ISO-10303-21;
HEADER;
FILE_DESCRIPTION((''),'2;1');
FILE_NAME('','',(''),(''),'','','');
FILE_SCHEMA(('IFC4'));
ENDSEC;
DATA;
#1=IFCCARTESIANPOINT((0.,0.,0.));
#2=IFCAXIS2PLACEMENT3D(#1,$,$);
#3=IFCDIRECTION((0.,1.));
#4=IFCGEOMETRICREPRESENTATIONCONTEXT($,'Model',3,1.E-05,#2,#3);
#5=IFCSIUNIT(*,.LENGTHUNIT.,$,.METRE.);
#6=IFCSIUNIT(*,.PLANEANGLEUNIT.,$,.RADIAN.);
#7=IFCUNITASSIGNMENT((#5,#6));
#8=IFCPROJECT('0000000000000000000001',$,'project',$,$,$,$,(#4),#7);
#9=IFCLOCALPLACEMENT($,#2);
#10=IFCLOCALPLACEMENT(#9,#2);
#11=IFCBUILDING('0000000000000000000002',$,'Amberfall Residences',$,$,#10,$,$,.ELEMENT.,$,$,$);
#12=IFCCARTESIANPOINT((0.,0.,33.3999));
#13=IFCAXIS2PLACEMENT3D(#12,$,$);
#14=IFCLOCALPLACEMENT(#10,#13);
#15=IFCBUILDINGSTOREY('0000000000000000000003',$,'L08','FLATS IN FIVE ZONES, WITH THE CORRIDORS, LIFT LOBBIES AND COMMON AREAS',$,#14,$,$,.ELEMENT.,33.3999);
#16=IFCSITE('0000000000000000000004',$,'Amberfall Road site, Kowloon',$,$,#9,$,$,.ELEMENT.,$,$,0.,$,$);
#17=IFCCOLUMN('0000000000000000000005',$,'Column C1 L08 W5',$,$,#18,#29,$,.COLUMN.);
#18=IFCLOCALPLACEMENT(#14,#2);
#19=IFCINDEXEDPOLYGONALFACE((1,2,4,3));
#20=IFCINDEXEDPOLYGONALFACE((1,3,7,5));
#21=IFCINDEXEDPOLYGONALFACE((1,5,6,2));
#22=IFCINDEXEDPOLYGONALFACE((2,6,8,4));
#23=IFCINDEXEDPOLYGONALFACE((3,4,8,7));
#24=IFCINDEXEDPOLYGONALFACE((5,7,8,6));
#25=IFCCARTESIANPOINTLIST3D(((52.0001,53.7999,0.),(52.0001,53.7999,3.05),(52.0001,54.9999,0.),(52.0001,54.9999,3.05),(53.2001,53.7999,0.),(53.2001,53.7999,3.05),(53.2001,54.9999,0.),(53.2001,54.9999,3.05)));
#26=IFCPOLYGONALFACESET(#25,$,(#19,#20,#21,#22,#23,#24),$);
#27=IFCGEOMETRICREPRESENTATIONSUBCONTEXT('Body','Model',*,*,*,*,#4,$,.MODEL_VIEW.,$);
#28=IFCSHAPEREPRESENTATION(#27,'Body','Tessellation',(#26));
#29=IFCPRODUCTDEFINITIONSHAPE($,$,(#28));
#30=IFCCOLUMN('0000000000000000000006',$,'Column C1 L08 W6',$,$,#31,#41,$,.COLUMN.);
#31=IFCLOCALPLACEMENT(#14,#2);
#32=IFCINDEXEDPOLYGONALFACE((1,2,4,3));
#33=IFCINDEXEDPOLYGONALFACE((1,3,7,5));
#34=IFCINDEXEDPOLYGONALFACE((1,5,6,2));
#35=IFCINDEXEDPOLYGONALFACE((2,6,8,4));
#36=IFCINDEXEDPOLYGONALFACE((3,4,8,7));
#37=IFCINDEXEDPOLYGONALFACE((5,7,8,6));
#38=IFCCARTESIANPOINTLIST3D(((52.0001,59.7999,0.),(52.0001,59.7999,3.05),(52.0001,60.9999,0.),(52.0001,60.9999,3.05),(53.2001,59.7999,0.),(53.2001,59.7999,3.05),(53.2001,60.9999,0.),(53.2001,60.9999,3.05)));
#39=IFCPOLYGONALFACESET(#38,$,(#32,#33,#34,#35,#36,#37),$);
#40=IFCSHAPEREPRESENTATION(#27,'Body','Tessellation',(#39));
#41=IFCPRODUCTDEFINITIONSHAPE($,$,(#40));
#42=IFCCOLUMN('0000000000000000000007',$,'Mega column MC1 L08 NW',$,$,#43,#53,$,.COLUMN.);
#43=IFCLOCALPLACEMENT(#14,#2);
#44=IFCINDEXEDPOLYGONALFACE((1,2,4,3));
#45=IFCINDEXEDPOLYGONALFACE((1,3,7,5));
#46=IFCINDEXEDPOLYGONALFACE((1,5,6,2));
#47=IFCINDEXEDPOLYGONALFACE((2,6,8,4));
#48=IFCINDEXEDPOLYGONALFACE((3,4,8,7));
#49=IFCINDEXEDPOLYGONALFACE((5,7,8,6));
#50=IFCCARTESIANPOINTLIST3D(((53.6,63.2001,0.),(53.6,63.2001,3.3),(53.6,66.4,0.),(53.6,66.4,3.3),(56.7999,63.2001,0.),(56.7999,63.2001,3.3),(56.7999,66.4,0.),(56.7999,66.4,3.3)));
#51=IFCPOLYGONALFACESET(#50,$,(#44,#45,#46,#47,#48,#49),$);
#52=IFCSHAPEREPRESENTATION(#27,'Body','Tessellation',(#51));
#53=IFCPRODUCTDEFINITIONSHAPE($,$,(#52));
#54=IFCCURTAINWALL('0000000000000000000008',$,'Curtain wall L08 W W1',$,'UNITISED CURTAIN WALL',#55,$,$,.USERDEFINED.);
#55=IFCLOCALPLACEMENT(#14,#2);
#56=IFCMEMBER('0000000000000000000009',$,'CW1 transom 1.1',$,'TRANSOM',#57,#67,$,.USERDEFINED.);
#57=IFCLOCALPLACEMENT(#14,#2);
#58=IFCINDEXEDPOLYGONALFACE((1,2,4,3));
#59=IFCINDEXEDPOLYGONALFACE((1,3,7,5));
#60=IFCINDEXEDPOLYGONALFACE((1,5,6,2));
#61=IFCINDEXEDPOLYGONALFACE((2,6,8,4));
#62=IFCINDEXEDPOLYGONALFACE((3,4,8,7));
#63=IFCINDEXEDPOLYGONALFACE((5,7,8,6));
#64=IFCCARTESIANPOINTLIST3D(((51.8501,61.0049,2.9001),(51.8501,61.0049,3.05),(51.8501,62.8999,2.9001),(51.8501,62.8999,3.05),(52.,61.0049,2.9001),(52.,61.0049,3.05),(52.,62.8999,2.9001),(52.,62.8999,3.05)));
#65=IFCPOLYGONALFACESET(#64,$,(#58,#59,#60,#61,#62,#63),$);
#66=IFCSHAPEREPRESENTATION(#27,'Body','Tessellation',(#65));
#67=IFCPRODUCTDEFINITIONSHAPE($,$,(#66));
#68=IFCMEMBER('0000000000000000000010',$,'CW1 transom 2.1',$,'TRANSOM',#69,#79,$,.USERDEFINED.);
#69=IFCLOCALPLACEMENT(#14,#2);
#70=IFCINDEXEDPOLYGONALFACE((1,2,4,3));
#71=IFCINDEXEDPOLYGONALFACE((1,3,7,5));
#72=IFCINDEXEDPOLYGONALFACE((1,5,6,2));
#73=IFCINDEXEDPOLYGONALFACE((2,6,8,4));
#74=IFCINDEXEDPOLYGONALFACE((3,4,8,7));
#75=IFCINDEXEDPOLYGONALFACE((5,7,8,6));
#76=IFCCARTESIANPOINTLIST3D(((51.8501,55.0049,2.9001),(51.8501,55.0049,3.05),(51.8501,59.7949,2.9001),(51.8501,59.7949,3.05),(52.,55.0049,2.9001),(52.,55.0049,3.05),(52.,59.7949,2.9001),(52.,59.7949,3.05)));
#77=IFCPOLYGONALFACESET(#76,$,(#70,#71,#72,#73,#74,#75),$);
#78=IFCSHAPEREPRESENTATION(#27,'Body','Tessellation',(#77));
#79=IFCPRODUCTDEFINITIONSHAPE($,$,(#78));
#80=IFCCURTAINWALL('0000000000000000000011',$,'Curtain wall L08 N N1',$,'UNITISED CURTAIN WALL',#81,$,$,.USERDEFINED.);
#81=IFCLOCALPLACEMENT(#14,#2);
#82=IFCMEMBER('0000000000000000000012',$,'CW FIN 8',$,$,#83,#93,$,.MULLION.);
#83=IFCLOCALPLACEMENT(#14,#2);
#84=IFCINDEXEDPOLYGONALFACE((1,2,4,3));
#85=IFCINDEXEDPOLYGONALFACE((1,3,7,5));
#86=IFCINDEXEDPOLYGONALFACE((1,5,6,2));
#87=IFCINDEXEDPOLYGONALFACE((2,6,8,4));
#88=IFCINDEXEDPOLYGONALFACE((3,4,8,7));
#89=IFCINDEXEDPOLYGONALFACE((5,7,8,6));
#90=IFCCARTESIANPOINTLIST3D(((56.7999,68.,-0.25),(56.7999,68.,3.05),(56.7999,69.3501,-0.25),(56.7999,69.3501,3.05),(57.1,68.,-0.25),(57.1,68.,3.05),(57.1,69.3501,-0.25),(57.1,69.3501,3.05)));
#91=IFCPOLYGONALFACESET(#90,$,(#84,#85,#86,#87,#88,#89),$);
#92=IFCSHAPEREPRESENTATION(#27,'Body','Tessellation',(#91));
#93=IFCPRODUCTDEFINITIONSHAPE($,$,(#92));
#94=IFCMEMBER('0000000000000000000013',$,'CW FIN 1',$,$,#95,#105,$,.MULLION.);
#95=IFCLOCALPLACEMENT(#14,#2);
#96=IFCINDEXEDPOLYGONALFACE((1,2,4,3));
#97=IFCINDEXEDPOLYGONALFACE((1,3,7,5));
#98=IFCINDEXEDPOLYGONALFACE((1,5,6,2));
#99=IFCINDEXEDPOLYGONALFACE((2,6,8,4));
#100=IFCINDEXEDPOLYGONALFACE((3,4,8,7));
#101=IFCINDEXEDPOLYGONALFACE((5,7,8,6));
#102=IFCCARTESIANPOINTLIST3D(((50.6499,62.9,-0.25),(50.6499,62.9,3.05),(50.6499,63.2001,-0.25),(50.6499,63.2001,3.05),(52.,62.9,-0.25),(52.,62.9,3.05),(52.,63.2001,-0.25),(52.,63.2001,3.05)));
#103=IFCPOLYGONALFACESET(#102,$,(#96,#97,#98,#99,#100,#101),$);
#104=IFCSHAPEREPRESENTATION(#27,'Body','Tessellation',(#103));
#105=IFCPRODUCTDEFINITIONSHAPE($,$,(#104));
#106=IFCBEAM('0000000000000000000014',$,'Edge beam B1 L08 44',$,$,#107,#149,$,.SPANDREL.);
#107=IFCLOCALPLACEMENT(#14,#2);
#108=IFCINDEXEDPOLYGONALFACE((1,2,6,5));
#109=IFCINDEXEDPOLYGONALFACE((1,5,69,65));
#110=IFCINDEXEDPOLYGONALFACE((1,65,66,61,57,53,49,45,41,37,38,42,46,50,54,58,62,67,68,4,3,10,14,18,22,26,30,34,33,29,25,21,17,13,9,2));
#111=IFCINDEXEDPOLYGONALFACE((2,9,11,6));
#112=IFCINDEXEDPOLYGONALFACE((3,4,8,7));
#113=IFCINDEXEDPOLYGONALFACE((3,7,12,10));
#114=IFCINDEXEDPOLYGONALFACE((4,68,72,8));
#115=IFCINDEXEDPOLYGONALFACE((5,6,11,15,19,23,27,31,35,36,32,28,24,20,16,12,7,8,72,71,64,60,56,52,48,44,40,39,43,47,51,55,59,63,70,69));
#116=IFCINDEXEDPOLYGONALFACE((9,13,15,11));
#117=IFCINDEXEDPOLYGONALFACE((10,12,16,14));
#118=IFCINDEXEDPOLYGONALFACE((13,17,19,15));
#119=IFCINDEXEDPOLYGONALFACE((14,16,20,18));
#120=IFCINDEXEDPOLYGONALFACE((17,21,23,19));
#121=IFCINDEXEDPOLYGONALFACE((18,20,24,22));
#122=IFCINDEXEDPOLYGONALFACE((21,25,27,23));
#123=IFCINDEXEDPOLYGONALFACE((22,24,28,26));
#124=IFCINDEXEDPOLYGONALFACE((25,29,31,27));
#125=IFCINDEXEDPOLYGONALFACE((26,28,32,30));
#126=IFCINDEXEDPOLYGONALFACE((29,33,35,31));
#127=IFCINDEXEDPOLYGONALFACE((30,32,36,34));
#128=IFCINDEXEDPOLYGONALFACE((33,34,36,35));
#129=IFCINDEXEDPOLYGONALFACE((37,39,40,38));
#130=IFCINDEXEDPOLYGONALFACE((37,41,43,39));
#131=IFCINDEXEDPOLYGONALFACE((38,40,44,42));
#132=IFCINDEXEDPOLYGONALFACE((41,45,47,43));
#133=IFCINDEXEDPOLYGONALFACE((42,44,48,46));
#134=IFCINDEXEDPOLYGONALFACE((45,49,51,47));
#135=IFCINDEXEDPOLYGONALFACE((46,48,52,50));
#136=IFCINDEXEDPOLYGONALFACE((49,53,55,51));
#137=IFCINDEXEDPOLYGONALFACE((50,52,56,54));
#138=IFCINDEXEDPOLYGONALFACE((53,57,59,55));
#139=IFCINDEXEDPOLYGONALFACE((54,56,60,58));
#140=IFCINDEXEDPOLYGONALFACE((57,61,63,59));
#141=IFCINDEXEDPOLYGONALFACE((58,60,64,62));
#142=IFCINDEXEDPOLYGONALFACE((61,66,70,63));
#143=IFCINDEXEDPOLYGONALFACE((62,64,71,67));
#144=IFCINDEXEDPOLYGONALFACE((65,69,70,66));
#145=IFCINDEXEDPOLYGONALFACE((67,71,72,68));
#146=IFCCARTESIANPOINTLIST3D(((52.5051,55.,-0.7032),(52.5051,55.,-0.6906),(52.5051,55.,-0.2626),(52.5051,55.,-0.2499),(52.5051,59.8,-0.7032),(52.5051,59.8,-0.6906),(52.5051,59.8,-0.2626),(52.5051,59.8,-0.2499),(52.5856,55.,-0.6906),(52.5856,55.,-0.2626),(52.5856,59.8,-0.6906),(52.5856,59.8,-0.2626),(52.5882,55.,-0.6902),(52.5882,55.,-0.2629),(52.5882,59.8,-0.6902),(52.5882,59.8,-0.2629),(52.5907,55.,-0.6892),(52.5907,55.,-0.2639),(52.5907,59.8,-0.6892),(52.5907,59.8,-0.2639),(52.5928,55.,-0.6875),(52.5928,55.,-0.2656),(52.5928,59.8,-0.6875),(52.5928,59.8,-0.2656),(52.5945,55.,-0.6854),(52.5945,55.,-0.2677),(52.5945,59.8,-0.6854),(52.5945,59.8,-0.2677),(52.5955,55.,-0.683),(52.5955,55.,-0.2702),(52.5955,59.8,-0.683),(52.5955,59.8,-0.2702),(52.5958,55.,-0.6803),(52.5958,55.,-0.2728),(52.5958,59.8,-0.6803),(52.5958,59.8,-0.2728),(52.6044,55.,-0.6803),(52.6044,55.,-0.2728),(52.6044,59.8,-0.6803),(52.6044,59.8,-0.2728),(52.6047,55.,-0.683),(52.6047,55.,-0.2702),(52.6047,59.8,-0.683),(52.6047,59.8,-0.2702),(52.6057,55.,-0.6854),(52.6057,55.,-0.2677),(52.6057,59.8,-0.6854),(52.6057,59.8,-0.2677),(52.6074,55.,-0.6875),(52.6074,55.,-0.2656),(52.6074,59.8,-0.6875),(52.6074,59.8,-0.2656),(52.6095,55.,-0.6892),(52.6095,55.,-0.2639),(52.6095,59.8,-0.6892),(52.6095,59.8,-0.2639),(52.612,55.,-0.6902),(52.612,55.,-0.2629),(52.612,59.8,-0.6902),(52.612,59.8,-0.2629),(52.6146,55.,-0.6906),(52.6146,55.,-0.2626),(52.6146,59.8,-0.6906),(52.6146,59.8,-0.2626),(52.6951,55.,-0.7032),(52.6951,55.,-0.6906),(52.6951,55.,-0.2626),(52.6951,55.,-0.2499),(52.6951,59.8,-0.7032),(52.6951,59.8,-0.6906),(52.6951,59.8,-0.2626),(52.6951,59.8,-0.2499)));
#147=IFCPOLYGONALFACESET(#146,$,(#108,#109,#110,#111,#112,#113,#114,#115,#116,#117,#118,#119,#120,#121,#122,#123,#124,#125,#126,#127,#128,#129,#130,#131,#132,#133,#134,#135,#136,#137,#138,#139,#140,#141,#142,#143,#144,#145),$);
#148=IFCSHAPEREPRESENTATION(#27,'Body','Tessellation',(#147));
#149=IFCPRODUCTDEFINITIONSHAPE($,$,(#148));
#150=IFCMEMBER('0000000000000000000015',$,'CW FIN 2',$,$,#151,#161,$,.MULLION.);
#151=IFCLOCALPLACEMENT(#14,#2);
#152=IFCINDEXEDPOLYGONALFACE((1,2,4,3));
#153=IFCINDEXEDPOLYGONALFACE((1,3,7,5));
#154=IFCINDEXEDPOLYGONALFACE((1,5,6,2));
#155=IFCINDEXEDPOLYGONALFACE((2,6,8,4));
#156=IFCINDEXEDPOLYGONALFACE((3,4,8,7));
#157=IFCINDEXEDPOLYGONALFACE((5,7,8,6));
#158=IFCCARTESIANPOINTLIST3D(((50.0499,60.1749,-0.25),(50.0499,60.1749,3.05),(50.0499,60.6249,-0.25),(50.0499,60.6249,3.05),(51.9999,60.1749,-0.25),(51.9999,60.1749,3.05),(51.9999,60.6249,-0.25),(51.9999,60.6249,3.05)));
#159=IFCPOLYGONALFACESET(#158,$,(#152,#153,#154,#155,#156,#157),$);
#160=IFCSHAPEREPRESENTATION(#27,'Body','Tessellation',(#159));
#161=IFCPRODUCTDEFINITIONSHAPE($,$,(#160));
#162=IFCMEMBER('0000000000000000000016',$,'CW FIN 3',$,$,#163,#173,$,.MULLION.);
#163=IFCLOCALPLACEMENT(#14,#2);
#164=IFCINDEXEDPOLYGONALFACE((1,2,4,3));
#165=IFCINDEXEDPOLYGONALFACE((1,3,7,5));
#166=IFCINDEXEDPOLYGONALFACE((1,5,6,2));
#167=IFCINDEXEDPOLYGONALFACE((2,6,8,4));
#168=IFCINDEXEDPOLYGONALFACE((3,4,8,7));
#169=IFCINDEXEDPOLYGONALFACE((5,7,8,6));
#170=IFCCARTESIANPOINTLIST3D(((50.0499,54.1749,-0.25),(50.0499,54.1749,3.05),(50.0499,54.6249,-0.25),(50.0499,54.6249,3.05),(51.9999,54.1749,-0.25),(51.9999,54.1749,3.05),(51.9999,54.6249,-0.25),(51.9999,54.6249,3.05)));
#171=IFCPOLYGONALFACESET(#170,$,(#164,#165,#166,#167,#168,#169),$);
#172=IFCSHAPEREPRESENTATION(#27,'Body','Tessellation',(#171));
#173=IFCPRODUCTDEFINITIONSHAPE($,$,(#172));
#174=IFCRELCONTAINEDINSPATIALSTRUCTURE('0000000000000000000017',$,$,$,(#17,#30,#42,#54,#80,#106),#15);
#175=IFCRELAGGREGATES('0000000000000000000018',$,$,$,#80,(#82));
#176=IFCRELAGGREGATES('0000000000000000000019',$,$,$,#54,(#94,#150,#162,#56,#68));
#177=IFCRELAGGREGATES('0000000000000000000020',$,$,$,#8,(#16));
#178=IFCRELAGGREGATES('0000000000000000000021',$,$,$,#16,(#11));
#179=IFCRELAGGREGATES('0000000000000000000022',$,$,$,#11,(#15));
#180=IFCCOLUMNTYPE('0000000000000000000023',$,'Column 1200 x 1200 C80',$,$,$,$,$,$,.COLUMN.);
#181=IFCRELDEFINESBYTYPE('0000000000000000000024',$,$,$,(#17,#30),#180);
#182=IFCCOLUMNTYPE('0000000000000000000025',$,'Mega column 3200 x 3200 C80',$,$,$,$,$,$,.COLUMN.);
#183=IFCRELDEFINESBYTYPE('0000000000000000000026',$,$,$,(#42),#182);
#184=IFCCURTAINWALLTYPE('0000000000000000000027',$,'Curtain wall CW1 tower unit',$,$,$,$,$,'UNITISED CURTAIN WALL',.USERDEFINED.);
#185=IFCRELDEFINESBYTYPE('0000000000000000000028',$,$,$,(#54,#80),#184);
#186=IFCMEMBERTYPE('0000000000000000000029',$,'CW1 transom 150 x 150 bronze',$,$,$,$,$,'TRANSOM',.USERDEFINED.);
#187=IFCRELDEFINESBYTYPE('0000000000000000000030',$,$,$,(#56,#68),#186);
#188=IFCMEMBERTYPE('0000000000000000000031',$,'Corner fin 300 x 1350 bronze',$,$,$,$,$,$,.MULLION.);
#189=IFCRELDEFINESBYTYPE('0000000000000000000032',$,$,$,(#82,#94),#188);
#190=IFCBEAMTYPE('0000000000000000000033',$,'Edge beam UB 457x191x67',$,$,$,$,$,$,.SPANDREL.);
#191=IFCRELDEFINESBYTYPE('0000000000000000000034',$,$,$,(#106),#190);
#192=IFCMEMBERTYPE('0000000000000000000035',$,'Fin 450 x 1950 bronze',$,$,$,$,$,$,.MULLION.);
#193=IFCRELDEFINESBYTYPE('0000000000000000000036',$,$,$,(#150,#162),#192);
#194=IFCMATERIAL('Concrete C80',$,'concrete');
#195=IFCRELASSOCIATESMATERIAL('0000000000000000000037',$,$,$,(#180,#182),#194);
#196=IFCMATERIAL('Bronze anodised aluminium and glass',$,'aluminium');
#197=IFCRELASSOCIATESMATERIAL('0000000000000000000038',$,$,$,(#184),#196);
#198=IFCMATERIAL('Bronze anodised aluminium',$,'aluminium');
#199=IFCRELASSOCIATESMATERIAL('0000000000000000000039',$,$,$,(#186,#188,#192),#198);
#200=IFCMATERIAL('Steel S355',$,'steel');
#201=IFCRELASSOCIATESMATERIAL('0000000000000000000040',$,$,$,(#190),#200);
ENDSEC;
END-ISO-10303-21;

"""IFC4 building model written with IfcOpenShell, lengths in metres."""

from ifc_helpers import new_model, si_unit, direction, frame, origin, origin_2d, place, context, subcontext, project, spatial, rectangle, i_section, extrude, material, material_profile, profile_set, type_object, element, aggregate, save


model = new_model("IFC4")

# Units and contexts
model_context = context("Model", 3, precision=1e-05, world=origin(), true_north=direction((0.0, 1.0)))
body_context = subcontext(model_context, "Body", "Model", "MODEL_VIEW")
ifc_project = project(units=[si_unit("LENGTHUNIT", "METRE"), si_unit("PLANEANGLEUNIT", "RADIAN")], contexts=[model_context])

# Site, building, storey
site_placement = place(None, origin())
site = spatial("IfcSite", under=ifc_project, at=site_placement, Name="Amberfall Road site, Kowloon", CompositionType="ELEMENT", RefElevation=0.0)
building_placement = place(site_placement, origin())
building = spatial("IfcBuilding", under=site, at=building_placement, Name="Amberfall Residences", CompositionType="ELEMENT")
storey_placement = place(building_placement, frame((0.0, 0.0, 33.3999)))
storey = spatial("IfcBuildingStorey", under=building, at=storey_placement, Name="L08", Description="FLATS IN FIVE ZONES, WITH THE CORRIDORS, LIFT LOBBIES AND COMMON AREAS", CompositionType="ELEMENT", Elevation=33.3999)

# Columns
ifc_material_1 = material(Name="Concrete C80", Category="concrete")
ifc_material_profile_1 = material_profile(ifc_material_1, rectangle(XDim=1.2, YDim=1.2, at=origin_2d()), Name="Column 1200 x 1200 C80")
ifc_profile_set_1 = profile_set([ifc_material_profile_1], Name="Concrete C80")
column_type_1 = type_object("IfcColumnType", Name="Column 1200 x 1200 C80", PredefinedType="COLUMN", material=ifc_profile_set_1)
for number, where, z_axis, x_axis, name in (
    (1, (52.6001, 54.3999, 0.0), (0.0, 0.0, 1.0), (1.0, 0.0, 0.0), "Column C1 L08 W5"),
    (2, (52.6001, 60.3999, 0.0), (0.0, 0.0, 1.0), (1.0, 0.0, 0.0), "Column C1 L08 W6"),
):
    element("IfcColumn", number, at=place(storey_placement, frame(where, z_axis=z_axis, x_axis=x_axis)), inside=storey, type_object=column_type_1, Name=name, PredefinedType="COLUMN", context=body_context, shape_type="SweptSolid", body=[
        extrude(rectangle(XDim=1.2, YDim=1.2, at=origin_2d()), origin(), (0.0, 0.0, 1.0), 3.05),
    ])
ifc_material_profile_2 = material_profile(ifc_material_1, rectangle(XDim=3.2, YDim=3.2, at=origin_2d()), Name="Mega column 3200 x 3200 C80")
ifc_profile_set_2 = profile_set([ifc_material_profile_2], Name="Concrete C80")
column_type_2 = type_object("IfcColumnType", Name="Mega column 3200 x 3200 C80", PredefinedType="COLUMN", material=ifc_profile_set_2)
column_placement = place(storey_placement, frame((55.2, 64.8, 0.0), z_axis=(0.0, 0.0, 1.0), x_axis=(1.0, 0.0, 0.0)))
element("IfcColumn", 3, at=column_placement, inside=storey, type_object=column_type_2, Name="Mega column MC1 L08 NW", PredefinedType="COLUMN", context=body_context, shape_type="SweptSolid", body=[
    extrude(rectangle(XDim=3.2, YDim=3.2, at=origin_2d()), origin(), (0.0, 0.0, 1.0), 3.3),
])

# Curtain wall, members
ifc_material_2 = material(Name="Bronze anodised aluminium and glass", Category="aluminium")
curtain_wall_type = type_object("IfcCurtainWallType", Name="Curtain wall CW1 tower unit", ElementType="UNITISED CURTAIN WALL", PredefinedType="USERDEFINED", material=ifc_material_2)
curtain_wall_1_placement = place(storey_placement, origin())
curtain_wall_1 = element("IfcCurtainWall", 4, at=curtain_wall_1_placement, inside=storey, type_object=curtain_wall_type, Name="Curtain wall L08 W W1", ObjectType="UNITISED CURTAIN WALL", PredefinedType="USERDEFINED")
ifc_material_3 = material(Name="Bronze anodised aluminium", Category="aluminium")
ifc_material_profile_3 = material_profile(ifc_material_3, rectangle(XDim=0.1499, YDim=0.1499, at=origin_2d()), Name="CW1 transom 150 x 150 bronze")
ifc_profile_set_3 = profile_set([ifc_material_profile_3], Name="Bronze anodised aluminium")
member_type_1 = type_object("IfcMemberType", Name="CW1 transom 150 x 150 bronze", ElementType="TRANSOM", PredefinedType="USERDEFINED", material=ifc_profile_set_3)
member_1_placement = place(storey_placement, frame((51.925, 62.8999, 2.9751), z_axis=(0.0, -1.0, 0.0), x_axis=(1.0, 0.0, 0.0)))
member_1 = element("IfcMember", 5, at=member_1_placement, type_object=member_type_1, Name="CW1 transom 1.1", ObjectType="TRANSOM", PredefinedType="USERDEFINED", context=body_context, shape_type="SweptSolid", body=[
    extrude(rectangle(XDim=0.1499, YDim=0.1499, at=origin_2d()), origin(), (0.0, 0.0, 1.0), 1.895),
])
member_2_placement = place(storey_placement, frame((51.925, 59.7949, 2.9751), z_axis=(0.0, -1.0, 0.0), x_axis=(1.0, 0.0, 0.0)))
member_2 = element("IfcMember", 6, at=member_2_placement, type_object=member_type_1, Name="CW1 transom 2.1", ObjectType="TRANSOM", PredefinedType="USERDEFINED", context=body_context, shape_type="SweptSolid", body=[
    extrude(rectangle(XDim=0.1499, YDim=0.1499, at=origin_2d()), origin(), (0.0, 0.0, 1.0), 4.79),
])

# Curtain wall, member
curtain_wall_2_placement = place(storey_placement, origin())
curtain_wall_2 = element("IfcCurtainWall", 7, at=curtain_wall_2_placement, inside=storey, type_object=curtain_wall_type, Name="Curtain wall L08 N N1", ObjectType="UNITISED CURTAIN WALL", PredefinedType="USERDEFINED")
ifc_material_profile_4 = material_profile(ifc_material_3, rectangle(XDim=1.3501, YDim=0.3, at=origin_2d()), Name="Corner fin 300 x 1350 bronze")
ifc_profile_set_4 = profile_set([ifc_material_profile_4], Name="Bronze anodised aluminium")
member_type_2 = type_object("IfcMemberType", Name="Corner fin 300 x 1350 bronze", PredefinedType="MULLION", material=ifc_profile_set_4)
member_3_placement = place(storey_placement, frame((56.95, 68.675, -0.25), z_axis=(0.0, 0.0, 1.0), x_axis=(0.0, -1.0, 0.0)))
member_3 = element("IfcMember", 8, at=member_3_placement, type_object=member_type_2, Name="CW FIN 8", PredefinedType="MULLION", context=body_context, shape_type="SweptSolid", body=[
    extrude(rectangle(XDim=1.3501, YDim=0.3, at=origin_2d()), origin(), (0.0, 0.0, 1.0), 3.3),
])

# Member
member_4_placement = place(storey_placement, frame((51.325, 63.05, -0.25), z_axis=(0.0, 0.0, 1.0), x_axis=(1.0, 0.0, 0.0)))
member_4 = element("IfcMember", 9, at=member_4_placement, type_object=member_type_2, Name="CW FIN 1", PredefinedType="MULLION", context=body_context, shape_type="SweptSolid", body=[
    extrude(rectangle(XDim=1.3501, YDim=0.3, at=origin_2d()), origin(), (0.0, 0.0, 1.0), 3.3),
])

# Beam
ifc_material_4 = material(Name="Steel S355", Category="steel")
ifc_material_profile_5 = material_profile(ifc_material_4, i_section(OverallWidth=0.1899, OverallDepth=0.4534, WebThickness=0.0085, FlangeThickness=0.0127, FilletRadius=0.0103, at=origin_2d()), Name="UB 457x191x67")
ifc_profile_set_5 = profile_set([ifc_material_profile_5], Name="Steel S355")
beam_type_1 = type_object("IfcBeamType", Name="Edge beam UB 457x191x67", PredefinedType="SPANDREL", material=ifc_profile_set_5)
beam_1_placement = place(storey_placement, frame((52.6001, 55.0, -0.4766), z_axis=(0.0, 1.0, 0.0), x_axis=(-1.0, 0.0, 0.0)))
element("IfcBeam", 10, at=beam_1_placement, inside=storey, type_object=beam_type_1, Name="Edge beam B1 L08 44", PredefinedType="SPANDREL", context=body_context, shape_type="SweptSolid", body=[
    extrude(i_section(OverallWidth=0.1899, OverallDepth=0.4534, WebThickness=0.0085, FlangeThickness=0.0127, FilletRadius=0.0103, at=origin_2d()), origin(), (0.0, 0.0, 1.0), 4.8),
])

# Members
ifc_material_profile_6 = material_profile(ifc_material_3, rectangle(XDim=1.95, YDim=0.45, at=origin_2d()), Name="Fin 450 x 1950 bronze")
ifc_profile_set_6 = profile_set([ifc_material_profile_6], Name="Bronze anodised aluminium")
member_type_3 = type_object("IfcMemberType", Name="Fin 450 x 1950 bronze", PredefinedType="MULLION", material=ifc_profile_set_6)
member_5_placement = place(storey_placement, frame((51.0249, 60.3999, -0.25), z_axis=(0.0, 0.0, 1.0), x_axis=(1.0, 0.0, 0.0)))
member_5 = element("IfcMember", 11, at=member_5_placement, type_object=member_type_3, Name="CW FIN 2", PredefinedType="MULLION", context=body_context, shape_type="SweptSolid", body=[
    extrude(rectangle(XDim=1.95, YDim=0.45, at=origin_2d()), origin(), (0.0, 0.0, 1.0), 3.3),
])
member_6_placement = place(storey_placement, frame((51.0249, 54.3999, -0.25), z_axis=(0.0, 0.0, 1.0), x_axis=(1.0, 0.0, 0.0)))
member_6 = element("IfcMember", 12, at=member_6_placement, type_object=member_type_3, Name="CW FIN 3", PredefinedType="MULLION", context=body_context, shape_type="SweptSolid", body=[
    extrude(rectangle(XDim=1.95, YDim=0.45, at=origin_2d()), origin(), (0.0, 0.0, 1.0), 3.3),
])

aggregate(curtain_wall_2, [member_3])
aggregate(curtain_wall_1, [member_4, member_5, member_6, member_1, member_2])

save(model, "model.ifc")
